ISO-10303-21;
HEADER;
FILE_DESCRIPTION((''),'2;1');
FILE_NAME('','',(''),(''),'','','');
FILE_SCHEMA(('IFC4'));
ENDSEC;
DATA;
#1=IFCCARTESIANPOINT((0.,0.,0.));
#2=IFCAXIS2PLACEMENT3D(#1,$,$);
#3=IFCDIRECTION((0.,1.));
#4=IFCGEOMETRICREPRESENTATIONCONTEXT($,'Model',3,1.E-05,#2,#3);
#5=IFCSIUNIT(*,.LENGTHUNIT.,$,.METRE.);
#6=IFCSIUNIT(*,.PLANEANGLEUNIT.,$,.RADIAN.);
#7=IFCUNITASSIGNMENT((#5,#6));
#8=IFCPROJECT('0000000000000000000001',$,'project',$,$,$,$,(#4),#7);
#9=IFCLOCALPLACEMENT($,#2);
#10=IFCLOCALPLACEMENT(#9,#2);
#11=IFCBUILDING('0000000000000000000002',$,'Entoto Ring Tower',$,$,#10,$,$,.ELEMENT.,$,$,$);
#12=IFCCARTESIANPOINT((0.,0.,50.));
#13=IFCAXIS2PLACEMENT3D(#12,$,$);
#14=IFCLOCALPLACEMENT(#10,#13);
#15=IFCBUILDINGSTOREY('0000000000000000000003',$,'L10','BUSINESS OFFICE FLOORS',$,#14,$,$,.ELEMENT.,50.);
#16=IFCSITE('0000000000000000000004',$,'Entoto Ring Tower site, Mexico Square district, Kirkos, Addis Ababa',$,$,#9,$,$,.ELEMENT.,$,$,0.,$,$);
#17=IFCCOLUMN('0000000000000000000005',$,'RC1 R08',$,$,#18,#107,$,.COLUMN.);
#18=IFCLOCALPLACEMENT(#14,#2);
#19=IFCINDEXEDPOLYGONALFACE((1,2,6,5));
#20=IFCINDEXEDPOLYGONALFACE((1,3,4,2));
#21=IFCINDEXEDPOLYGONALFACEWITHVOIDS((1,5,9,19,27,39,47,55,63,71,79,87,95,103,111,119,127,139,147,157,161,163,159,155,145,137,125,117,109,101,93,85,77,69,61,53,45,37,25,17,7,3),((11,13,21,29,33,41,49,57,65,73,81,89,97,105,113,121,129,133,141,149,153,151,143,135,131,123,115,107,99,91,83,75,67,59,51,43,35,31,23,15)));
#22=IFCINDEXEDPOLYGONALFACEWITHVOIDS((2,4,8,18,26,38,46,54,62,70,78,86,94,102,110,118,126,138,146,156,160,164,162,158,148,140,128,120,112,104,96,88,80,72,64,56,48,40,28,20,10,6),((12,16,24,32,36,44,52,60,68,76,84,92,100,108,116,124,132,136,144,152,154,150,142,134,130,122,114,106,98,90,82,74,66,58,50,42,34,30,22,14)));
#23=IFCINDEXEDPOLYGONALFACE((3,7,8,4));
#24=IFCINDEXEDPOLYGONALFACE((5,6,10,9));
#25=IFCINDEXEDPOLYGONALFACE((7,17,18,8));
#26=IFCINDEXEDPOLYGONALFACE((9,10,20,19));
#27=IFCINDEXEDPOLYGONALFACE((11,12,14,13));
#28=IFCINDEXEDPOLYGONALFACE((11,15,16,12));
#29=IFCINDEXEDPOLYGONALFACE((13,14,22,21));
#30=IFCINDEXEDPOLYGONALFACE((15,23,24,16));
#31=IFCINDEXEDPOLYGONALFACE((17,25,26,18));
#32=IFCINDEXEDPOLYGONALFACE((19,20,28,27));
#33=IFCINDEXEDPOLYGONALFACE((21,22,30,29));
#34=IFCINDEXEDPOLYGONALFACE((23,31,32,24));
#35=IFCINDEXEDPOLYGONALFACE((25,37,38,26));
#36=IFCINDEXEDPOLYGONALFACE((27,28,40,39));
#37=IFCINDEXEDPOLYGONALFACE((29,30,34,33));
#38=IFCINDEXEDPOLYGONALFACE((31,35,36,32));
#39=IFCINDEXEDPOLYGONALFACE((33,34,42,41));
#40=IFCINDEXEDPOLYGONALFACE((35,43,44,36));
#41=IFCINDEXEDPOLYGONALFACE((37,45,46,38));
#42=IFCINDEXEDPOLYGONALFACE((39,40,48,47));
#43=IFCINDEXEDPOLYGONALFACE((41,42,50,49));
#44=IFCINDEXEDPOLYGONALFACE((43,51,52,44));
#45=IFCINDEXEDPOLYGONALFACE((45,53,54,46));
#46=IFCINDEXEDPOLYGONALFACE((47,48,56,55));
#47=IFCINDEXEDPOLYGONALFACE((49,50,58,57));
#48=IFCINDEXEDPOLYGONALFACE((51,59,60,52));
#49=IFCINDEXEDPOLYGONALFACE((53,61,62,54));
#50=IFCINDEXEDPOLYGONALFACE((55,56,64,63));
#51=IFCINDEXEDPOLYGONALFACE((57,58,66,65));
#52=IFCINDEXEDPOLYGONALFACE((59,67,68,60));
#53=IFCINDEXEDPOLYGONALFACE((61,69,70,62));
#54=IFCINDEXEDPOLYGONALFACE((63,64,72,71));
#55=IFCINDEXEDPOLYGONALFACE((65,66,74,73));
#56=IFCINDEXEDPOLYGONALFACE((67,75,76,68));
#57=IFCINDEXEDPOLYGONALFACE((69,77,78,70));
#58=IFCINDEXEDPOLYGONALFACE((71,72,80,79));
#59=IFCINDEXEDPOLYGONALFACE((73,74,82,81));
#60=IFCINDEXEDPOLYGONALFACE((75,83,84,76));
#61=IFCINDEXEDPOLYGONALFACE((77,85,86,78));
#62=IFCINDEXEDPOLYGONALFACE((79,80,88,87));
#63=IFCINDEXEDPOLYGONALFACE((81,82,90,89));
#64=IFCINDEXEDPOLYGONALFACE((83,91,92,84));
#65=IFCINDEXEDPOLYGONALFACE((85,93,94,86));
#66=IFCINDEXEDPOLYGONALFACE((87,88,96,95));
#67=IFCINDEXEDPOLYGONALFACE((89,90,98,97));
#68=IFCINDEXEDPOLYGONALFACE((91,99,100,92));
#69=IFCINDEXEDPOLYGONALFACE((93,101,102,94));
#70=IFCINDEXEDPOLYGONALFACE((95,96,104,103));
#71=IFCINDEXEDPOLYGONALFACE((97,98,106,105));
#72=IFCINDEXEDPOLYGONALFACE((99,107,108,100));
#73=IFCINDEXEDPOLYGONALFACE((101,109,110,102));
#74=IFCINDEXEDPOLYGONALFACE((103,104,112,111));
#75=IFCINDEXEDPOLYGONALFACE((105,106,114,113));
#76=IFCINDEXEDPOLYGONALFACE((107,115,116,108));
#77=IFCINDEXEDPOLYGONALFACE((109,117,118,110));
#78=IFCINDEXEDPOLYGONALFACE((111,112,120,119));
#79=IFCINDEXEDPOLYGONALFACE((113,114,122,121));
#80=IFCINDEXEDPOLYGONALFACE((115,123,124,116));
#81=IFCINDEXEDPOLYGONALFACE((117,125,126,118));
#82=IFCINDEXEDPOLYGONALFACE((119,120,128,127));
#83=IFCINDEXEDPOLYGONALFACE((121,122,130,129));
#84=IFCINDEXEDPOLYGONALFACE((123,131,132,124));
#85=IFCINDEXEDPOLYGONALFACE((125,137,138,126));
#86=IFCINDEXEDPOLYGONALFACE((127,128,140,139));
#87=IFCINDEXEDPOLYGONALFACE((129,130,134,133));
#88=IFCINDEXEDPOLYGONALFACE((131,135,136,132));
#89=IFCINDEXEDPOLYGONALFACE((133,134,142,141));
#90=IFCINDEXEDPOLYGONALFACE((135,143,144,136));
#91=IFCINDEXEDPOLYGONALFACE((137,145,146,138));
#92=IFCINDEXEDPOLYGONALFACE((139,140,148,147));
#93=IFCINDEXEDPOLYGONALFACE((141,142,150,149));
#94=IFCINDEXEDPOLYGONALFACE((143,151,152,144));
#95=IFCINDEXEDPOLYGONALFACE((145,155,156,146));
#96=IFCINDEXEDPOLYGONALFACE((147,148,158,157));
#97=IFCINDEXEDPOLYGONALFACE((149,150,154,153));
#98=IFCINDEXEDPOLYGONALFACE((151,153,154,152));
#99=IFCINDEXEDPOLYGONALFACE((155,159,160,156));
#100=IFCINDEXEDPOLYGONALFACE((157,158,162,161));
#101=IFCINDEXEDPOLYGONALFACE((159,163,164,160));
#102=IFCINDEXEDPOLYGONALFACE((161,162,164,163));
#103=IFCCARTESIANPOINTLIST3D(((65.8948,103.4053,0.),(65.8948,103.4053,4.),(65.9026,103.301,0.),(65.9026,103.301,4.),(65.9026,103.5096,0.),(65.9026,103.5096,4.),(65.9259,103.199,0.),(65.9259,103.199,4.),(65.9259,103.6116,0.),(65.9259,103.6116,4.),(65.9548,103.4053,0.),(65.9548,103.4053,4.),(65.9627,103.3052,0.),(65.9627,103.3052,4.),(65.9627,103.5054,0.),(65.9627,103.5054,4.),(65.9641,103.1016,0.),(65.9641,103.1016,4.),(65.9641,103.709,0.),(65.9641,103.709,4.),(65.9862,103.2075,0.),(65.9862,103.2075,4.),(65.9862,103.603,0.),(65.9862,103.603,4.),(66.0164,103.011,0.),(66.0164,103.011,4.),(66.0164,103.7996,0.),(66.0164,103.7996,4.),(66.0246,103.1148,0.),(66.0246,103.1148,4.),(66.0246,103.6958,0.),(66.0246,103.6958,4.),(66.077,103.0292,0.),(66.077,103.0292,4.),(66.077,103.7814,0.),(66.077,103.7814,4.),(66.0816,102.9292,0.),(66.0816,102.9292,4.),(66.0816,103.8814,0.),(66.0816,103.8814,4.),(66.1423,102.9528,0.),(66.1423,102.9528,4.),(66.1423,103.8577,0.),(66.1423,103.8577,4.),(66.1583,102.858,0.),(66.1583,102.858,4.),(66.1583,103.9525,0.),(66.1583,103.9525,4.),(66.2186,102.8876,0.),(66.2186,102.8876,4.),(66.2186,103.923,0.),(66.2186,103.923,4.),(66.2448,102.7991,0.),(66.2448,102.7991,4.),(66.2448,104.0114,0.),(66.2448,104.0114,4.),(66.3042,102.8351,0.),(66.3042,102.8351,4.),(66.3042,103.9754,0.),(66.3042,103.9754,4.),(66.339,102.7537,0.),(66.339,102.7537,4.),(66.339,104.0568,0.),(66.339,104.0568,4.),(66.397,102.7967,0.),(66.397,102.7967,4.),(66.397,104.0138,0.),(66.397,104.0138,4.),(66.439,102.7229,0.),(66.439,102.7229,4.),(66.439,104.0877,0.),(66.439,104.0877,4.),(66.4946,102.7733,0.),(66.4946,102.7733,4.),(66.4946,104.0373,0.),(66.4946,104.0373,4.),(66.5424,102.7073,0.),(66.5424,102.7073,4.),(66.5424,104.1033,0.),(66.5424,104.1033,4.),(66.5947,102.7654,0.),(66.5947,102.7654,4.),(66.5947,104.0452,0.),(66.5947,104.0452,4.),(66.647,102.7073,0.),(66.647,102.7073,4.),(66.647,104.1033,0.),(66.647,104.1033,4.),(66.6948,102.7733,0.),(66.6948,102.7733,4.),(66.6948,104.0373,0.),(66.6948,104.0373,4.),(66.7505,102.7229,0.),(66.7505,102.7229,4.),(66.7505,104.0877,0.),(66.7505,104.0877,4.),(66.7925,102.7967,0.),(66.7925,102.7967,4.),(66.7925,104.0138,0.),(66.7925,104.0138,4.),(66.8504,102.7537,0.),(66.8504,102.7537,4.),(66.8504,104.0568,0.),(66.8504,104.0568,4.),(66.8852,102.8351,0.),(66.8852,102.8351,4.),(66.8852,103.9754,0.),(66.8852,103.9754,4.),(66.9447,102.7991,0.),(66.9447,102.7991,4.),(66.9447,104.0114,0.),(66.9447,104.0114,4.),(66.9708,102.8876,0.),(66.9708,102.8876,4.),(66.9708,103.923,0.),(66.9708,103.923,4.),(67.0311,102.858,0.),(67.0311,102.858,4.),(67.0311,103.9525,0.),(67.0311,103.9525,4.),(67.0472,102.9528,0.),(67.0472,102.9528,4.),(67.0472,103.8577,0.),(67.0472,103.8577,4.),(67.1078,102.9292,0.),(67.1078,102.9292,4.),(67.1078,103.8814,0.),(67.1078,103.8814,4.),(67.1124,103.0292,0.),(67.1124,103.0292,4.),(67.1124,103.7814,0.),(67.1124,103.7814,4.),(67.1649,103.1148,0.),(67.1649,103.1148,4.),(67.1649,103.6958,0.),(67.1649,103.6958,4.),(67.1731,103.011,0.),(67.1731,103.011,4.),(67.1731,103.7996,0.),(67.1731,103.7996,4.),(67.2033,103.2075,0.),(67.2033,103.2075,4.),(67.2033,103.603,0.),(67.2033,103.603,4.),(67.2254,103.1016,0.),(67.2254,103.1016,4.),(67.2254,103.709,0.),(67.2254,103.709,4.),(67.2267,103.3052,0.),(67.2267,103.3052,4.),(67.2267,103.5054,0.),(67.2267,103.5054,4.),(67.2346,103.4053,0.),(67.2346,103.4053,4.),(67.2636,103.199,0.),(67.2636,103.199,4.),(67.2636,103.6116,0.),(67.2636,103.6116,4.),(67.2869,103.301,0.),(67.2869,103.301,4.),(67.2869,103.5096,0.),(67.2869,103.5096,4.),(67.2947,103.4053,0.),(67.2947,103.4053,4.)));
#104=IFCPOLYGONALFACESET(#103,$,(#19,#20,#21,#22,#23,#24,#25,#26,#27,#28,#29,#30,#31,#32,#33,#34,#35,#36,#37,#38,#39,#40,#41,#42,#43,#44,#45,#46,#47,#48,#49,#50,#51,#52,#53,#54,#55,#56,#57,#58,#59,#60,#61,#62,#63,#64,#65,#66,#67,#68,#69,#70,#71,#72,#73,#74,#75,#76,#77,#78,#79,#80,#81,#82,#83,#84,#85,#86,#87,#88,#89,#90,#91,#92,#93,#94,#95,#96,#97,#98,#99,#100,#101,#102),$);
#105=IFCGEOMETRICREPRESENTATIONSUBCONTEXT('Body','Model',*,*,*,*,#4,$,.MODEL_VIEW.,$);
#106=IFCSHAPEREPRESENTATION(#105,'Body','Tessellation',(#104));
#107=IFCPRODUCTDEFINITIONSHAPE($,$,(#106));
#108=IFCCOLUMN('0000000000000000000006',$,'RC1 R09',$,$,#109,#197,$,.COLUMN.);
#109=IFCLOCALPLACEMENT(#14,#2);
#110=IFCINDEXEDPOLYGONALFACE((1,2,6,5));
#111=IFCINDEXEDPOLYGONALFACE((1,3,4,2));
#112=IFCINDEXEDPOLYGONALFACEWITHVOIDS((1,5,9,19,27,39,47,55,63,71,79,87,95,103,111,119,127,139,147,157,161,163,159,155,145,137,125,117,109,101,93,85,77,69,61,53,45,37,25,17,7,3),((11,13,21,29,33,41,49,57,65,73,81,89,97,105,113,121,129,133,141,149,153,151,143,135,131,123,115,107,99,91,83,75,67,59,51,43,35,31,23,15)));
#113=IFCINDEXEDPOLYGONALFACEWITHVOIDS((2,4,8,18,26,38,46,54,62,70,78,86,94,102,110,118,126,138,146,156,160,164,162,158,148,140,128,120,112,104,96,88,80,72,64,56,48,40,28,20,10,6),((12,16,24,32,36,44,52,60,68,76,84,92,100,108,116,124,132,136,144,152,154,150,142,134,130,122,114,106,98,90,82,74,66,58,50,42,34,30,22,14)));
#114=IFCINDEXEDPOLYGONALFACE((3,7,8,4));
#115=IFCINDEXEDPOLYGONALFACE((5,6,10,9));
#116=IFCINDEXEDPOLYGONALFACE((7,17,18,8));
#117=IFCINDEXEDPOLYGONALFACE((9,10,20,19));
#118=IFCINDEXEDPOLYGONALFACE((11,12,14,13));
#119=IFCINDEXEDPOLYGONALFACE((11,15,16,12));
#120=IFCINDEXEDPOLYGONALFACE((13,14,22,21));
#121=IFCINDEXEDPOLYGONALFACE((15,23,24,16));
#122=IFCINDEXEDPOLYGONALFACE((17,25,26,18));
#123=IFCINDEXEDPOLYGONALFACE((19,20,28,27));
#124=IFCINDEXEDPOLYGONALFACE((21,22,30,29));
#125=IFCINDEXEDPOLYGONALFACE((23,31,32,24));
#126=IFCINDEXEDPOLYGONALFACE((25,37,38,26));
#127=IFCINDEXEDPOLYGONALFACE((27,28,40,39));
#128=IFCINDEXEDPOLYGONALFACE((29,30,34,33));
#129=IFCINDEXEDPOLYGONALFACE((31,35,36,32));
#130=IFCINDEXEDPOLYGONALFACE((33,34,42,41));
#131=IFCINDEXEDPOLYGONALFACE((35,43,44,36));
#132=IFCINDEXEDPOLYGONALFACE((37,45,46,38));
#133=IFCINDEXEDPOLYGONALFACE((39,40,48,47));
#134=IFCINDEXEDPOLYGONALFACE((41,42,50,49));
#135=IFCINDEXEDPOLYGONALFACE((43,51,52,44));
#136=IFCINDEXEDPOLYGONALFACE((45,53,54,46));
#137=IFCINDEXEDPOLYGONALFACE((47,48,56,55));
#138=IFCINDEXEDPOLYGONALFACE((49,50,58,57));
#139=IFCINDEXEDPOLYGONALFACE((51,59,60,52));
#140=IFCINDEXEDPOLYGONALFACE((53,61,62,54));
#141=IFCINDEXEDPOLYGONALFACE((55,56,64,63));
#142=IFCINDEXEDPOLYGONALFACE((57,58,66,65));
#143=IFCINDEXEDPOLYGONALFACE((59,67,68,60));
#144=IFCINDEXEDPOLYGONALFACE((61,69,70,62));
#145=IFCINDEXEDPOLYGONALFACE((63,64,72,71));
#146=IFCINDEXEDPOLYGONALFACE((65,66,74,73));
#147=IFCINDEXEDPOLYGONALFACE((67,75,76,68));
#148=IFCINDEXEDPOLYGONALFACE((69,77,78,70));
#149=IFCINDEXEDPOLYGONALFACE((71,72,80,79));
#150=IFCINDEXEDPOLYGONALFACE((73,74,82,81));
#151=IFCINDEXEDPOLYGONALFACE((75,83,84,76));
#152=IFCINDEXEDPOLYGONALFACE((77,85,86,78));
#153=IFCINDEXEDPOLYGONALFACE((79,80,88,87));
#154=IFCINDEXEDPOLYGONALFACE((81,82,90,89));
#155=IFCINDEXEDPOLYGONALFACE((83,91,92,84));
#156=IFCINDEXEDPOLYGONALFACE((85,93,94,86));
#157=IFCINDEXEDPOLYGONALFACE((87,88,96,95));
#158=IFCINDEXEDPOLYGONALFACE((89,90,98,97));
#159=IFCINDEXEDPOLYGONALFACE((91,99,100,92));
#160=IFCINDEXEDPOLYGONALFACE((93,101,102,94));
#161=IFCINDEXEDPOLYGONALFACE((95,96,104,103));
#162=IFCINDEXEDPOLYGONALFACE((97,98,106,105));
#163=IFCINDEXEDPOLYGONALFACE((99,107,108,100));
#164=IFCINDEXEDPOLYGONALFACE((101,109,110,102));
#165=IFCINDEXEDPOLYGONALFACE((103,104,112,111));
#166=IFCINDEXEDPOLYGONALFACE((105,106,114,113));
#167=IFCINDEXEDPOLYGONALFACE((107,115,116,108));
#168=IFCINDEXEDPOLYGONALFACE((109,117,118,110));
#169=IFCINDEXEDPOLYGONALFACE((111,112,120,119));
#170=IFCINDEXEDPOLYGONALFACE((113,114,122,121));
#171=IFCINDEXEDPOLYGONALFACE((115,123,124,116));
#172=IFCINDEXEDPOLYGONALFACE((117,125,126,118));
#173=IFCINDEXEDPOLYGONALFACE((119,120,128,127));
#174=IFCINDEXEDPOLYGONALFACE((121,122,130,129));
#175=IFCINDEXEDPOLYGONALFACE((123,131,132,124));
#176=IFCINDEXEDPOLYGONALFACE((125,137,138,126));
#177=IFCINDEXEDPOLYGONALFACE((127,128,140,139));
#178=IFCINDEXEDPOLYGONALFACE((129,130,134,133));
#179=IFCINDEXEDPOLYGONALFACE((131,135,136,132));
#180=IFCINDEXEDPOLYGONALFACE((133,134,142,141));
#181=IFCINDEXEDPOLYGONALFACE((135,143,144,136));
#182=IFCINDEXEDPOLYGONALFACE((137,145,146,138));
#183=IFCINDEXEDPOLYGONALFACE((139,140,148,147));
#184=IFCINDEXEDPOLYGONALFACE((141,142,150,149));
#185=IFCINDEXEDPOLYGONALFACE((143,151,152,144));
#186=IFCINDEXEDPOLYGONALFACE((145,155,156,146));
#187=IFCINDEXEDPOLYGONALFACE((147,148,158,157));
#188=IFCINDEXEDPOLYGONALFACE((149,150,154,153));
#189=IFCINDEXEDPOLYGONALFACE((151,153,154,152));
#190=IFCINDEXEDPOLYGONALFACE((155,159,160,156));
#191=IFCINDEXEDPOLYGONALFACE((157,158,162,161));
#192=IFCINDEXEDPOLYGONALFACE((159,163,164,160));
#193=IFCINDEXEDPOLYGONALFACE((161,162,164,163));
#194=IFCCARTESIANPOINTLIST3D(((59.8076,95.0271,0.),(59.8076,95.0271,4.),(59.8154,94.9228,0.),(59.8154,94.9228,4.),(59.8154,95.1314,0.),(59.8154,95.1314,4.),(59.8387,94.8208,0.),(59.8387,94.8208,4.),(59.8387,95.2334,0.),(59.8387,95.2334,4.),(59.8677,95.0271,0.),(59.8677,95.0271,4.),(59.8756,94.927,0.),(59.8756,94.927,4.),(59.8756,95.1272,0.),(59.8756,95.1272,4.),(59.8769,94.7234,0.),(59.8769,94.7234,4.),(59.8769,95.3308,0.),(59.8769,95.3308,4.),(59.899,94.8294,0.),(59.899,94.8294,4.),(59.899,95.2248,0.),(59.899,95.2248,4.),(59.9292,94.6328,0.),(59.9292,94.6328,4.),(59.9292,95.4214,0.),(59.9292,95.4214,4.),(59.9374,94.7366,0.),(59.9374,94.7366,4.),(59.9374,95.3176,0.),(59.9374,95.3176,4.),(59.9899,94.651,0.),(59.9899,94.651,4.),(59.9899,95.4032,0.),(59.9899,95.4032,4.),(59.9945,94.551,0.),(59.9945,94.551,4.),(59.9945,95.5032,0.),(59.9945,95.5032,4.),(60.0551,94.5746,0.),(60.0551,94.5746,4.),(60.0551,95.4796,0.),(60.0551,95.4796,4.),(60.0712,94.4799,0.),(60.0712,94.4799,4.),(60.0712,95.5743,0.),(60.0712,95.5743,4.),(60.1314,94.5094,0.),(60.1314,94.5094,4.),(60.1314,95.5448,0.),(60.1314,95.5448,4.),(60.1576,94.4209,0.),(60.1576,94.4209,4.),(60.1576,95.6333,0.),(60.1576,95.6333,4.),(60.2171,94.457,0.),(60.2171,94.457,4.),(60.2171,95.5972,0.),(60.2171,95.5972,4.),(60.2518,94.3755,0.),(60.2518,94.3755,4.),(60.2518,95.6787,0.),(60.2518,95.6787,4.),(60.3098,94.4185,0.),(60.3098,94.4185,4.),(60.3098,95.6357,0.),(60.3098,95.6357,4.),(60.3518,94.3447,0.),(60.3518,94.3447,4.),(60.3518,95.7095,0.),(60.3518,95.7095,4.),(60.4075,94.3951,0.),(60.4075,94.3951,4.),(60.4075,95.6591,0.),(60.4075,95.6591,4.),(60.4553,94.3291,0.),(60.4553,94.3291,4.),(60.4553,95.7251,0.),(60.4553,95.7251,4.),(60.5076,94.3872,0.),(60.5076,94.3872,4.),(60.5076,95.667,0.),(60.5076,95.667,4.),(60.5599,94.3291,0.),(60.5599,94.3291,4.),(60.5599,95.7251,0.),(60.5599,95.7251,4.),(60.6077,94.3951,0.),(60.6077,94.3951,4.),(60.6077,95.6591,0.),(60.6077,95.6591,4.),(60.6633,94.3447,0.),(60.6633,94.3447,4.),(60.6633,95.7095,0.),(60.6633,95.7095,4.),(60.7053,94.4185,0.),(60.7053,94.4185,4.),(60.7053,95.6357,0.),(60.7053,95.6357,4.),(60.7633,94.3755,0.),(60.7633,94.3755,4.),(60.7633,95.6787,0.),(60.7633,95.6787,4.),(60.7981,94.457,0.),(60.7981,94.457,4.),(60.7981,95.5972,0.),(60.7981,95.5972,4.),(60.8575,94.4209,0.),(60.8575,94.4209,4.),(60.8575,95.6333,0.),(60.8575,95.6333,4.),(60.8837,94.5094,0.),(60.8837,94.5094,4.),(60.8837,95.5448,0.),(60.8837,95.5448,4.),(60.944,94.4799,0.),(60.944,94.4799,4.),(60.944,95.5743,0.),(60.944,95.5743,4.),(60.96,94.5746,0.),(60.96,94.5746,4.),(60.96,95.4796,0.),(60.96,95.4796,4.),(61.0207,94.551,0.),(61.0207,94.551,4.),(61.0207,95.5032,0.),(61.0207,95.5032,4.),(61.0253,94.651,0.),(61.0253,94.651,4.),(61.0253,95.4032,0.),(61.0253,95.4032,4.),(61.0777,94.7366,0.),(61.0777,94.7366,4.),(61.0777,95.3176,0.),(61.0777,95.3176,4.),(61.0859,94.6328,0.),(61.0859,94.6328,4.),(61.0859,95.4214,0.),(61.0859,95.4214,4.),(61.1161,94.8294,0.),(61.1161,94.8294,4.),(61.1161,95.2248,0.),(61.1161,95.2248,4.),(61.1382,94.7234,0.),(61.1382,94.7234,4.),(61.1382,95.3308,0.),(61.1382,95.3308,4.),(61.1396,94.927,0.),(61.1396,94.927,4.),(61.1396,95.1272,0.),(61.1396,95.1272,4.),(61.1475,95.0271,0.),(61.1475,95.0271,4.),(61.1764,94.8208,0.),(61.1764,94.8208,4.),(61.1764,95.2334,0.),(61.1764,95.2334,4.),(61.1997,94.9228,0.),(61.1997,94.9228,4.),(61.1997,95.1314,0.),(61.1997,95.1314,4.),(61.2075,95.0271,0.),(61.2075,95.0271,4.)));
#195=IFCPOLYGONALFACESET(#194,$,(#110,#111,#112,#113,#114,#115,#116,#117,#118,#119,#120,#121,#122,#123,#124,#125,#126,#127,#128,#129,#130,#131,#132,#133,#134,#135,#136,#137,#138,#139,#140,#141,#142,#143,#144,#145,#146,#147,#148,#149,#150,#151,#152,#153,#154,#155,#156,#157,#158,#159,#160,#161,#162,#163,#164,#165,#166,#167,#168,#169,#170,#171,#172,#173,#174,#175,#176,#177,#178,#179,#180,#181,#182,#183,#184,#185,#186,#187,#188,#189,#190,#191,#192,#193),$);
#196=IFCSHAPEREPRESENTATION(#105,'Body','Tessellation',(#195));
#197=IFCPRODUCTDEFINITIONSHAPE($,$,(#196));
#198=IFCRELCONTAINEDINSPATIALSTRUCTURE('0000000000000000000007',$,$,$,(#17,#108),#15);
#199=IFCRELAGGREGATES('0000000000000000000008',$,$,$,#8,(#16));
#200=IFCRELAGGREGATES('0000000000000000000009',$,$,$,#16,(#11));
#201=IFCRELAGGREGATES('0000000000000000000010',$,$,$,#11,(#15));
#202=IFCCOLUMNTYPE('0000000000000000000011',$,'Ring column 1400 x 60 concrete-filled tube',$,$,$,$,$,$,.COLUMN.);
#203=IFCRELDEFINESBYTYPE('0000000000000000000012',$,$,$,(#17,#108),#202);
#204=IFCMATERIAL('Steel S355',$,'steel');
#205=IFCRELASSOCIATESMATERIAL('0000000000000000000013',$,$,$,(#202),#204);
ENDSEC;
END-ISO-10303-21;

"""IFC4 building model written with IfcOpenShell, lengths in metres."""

from ifc_helpers import new_model, si_unit, direction, frame, origin, origin_2d, place, context, subcontext, project, spatial, circle, hollow_circle, extrude, material, material_profile, profile_set, type_object, element, save


model = new_model("IFC4")

# Units and contexts
model_context = context("Model", 3, precision=1e-05, world=origin(), true_north=direction((0.0, 1.0)))
body_context = subcontext(model_context, "Body", "Model", "MODEL_VIEW")
ifc_project = project(units=[si_unit("LENGTHUNIT", "METRE"), si_unit("PLANEANGLEUNIT", "RADIAN")], contexts=[model_context])

# Site, building, storey
site_placement = place(None, origin())
site = spatial("IfcSite", under=ifc_project, at=site_placement, Name="Entoto Ring Tower site, Mexico Square district, Kirkos, Addis Ababa", CompositionType="ELEMENT", RefElevation=0.0)
building_placement = place(site_placement, origin())
building = spatial("IfcBuilding", under=site, at=building_placement, Name="Entoto Ring Tower", CompositionType="ELEMENT")
storey_placement = place(building_placement, frame((0.0, 0.0, 50.0)))
storey = spatial("IfcBuildingStorey", under=building, at=storey_placement, Name="L10", Description="BUSINESS OFFICE FLOORS", CompositionType="ELEMENT", Elevation=50.0)

# Columns
ifc_material_1 = material(Name="Steel S355", Category="steel")
ifc_material_profile_1 = material_profile(ifc_material_1, hollow_circle(Radius=0.7, WallThickness=0.0601, at=origin_2d()), Name="CHS 1400 x 60")
ifc_material_2 = material(Name="Concrete C60/75", Category="concrete")
ifc_material_profile_2 = material_profile(ifc_material_2, circle(Radius=0.6399, at=origin_2d()), Name="Concrete C60/75 infill")
ifc_profile_set_1 = profile_set([ifc_material_profile_1, ifc_material_profile_2], Name="Steel S355")
column_type = type_object("IfcColumnType", Name="Ring column 1400 x 60 concrete-filled tube", PredefinedType="COLUMN", material=ifc_profile_set_1)
for number, where, z_axis, x_axis, name in (
    (1, (66.5947, 103.4053, 0.0), (0.0, 0.0, 1.0), (1.0, 0.0, 0.0), "RC1 R08"),
    (2, (60.5076, 95.0271, 0.0), (0.0, 0.0, 1.0), (1.0, 0.0, 0.0), "RC1 R09"),
):
    element("IfcColumn", number, at=place(storey_placement, frame(where, z_axis=z_axis, x_axis=x_axis)), inside=storey, type_object=column_type, Name=name, PredefinedType="COLUMN", context=body_context, shape_type="SweptSolid", body=[
        extrude(hollow_circle(Radius=0.7, WallThickness=0.0601, at=origin_2d()), origin(), (0.0, 0.0, 1.0), 4.0),
    ])

save(model, "model.ifc")
